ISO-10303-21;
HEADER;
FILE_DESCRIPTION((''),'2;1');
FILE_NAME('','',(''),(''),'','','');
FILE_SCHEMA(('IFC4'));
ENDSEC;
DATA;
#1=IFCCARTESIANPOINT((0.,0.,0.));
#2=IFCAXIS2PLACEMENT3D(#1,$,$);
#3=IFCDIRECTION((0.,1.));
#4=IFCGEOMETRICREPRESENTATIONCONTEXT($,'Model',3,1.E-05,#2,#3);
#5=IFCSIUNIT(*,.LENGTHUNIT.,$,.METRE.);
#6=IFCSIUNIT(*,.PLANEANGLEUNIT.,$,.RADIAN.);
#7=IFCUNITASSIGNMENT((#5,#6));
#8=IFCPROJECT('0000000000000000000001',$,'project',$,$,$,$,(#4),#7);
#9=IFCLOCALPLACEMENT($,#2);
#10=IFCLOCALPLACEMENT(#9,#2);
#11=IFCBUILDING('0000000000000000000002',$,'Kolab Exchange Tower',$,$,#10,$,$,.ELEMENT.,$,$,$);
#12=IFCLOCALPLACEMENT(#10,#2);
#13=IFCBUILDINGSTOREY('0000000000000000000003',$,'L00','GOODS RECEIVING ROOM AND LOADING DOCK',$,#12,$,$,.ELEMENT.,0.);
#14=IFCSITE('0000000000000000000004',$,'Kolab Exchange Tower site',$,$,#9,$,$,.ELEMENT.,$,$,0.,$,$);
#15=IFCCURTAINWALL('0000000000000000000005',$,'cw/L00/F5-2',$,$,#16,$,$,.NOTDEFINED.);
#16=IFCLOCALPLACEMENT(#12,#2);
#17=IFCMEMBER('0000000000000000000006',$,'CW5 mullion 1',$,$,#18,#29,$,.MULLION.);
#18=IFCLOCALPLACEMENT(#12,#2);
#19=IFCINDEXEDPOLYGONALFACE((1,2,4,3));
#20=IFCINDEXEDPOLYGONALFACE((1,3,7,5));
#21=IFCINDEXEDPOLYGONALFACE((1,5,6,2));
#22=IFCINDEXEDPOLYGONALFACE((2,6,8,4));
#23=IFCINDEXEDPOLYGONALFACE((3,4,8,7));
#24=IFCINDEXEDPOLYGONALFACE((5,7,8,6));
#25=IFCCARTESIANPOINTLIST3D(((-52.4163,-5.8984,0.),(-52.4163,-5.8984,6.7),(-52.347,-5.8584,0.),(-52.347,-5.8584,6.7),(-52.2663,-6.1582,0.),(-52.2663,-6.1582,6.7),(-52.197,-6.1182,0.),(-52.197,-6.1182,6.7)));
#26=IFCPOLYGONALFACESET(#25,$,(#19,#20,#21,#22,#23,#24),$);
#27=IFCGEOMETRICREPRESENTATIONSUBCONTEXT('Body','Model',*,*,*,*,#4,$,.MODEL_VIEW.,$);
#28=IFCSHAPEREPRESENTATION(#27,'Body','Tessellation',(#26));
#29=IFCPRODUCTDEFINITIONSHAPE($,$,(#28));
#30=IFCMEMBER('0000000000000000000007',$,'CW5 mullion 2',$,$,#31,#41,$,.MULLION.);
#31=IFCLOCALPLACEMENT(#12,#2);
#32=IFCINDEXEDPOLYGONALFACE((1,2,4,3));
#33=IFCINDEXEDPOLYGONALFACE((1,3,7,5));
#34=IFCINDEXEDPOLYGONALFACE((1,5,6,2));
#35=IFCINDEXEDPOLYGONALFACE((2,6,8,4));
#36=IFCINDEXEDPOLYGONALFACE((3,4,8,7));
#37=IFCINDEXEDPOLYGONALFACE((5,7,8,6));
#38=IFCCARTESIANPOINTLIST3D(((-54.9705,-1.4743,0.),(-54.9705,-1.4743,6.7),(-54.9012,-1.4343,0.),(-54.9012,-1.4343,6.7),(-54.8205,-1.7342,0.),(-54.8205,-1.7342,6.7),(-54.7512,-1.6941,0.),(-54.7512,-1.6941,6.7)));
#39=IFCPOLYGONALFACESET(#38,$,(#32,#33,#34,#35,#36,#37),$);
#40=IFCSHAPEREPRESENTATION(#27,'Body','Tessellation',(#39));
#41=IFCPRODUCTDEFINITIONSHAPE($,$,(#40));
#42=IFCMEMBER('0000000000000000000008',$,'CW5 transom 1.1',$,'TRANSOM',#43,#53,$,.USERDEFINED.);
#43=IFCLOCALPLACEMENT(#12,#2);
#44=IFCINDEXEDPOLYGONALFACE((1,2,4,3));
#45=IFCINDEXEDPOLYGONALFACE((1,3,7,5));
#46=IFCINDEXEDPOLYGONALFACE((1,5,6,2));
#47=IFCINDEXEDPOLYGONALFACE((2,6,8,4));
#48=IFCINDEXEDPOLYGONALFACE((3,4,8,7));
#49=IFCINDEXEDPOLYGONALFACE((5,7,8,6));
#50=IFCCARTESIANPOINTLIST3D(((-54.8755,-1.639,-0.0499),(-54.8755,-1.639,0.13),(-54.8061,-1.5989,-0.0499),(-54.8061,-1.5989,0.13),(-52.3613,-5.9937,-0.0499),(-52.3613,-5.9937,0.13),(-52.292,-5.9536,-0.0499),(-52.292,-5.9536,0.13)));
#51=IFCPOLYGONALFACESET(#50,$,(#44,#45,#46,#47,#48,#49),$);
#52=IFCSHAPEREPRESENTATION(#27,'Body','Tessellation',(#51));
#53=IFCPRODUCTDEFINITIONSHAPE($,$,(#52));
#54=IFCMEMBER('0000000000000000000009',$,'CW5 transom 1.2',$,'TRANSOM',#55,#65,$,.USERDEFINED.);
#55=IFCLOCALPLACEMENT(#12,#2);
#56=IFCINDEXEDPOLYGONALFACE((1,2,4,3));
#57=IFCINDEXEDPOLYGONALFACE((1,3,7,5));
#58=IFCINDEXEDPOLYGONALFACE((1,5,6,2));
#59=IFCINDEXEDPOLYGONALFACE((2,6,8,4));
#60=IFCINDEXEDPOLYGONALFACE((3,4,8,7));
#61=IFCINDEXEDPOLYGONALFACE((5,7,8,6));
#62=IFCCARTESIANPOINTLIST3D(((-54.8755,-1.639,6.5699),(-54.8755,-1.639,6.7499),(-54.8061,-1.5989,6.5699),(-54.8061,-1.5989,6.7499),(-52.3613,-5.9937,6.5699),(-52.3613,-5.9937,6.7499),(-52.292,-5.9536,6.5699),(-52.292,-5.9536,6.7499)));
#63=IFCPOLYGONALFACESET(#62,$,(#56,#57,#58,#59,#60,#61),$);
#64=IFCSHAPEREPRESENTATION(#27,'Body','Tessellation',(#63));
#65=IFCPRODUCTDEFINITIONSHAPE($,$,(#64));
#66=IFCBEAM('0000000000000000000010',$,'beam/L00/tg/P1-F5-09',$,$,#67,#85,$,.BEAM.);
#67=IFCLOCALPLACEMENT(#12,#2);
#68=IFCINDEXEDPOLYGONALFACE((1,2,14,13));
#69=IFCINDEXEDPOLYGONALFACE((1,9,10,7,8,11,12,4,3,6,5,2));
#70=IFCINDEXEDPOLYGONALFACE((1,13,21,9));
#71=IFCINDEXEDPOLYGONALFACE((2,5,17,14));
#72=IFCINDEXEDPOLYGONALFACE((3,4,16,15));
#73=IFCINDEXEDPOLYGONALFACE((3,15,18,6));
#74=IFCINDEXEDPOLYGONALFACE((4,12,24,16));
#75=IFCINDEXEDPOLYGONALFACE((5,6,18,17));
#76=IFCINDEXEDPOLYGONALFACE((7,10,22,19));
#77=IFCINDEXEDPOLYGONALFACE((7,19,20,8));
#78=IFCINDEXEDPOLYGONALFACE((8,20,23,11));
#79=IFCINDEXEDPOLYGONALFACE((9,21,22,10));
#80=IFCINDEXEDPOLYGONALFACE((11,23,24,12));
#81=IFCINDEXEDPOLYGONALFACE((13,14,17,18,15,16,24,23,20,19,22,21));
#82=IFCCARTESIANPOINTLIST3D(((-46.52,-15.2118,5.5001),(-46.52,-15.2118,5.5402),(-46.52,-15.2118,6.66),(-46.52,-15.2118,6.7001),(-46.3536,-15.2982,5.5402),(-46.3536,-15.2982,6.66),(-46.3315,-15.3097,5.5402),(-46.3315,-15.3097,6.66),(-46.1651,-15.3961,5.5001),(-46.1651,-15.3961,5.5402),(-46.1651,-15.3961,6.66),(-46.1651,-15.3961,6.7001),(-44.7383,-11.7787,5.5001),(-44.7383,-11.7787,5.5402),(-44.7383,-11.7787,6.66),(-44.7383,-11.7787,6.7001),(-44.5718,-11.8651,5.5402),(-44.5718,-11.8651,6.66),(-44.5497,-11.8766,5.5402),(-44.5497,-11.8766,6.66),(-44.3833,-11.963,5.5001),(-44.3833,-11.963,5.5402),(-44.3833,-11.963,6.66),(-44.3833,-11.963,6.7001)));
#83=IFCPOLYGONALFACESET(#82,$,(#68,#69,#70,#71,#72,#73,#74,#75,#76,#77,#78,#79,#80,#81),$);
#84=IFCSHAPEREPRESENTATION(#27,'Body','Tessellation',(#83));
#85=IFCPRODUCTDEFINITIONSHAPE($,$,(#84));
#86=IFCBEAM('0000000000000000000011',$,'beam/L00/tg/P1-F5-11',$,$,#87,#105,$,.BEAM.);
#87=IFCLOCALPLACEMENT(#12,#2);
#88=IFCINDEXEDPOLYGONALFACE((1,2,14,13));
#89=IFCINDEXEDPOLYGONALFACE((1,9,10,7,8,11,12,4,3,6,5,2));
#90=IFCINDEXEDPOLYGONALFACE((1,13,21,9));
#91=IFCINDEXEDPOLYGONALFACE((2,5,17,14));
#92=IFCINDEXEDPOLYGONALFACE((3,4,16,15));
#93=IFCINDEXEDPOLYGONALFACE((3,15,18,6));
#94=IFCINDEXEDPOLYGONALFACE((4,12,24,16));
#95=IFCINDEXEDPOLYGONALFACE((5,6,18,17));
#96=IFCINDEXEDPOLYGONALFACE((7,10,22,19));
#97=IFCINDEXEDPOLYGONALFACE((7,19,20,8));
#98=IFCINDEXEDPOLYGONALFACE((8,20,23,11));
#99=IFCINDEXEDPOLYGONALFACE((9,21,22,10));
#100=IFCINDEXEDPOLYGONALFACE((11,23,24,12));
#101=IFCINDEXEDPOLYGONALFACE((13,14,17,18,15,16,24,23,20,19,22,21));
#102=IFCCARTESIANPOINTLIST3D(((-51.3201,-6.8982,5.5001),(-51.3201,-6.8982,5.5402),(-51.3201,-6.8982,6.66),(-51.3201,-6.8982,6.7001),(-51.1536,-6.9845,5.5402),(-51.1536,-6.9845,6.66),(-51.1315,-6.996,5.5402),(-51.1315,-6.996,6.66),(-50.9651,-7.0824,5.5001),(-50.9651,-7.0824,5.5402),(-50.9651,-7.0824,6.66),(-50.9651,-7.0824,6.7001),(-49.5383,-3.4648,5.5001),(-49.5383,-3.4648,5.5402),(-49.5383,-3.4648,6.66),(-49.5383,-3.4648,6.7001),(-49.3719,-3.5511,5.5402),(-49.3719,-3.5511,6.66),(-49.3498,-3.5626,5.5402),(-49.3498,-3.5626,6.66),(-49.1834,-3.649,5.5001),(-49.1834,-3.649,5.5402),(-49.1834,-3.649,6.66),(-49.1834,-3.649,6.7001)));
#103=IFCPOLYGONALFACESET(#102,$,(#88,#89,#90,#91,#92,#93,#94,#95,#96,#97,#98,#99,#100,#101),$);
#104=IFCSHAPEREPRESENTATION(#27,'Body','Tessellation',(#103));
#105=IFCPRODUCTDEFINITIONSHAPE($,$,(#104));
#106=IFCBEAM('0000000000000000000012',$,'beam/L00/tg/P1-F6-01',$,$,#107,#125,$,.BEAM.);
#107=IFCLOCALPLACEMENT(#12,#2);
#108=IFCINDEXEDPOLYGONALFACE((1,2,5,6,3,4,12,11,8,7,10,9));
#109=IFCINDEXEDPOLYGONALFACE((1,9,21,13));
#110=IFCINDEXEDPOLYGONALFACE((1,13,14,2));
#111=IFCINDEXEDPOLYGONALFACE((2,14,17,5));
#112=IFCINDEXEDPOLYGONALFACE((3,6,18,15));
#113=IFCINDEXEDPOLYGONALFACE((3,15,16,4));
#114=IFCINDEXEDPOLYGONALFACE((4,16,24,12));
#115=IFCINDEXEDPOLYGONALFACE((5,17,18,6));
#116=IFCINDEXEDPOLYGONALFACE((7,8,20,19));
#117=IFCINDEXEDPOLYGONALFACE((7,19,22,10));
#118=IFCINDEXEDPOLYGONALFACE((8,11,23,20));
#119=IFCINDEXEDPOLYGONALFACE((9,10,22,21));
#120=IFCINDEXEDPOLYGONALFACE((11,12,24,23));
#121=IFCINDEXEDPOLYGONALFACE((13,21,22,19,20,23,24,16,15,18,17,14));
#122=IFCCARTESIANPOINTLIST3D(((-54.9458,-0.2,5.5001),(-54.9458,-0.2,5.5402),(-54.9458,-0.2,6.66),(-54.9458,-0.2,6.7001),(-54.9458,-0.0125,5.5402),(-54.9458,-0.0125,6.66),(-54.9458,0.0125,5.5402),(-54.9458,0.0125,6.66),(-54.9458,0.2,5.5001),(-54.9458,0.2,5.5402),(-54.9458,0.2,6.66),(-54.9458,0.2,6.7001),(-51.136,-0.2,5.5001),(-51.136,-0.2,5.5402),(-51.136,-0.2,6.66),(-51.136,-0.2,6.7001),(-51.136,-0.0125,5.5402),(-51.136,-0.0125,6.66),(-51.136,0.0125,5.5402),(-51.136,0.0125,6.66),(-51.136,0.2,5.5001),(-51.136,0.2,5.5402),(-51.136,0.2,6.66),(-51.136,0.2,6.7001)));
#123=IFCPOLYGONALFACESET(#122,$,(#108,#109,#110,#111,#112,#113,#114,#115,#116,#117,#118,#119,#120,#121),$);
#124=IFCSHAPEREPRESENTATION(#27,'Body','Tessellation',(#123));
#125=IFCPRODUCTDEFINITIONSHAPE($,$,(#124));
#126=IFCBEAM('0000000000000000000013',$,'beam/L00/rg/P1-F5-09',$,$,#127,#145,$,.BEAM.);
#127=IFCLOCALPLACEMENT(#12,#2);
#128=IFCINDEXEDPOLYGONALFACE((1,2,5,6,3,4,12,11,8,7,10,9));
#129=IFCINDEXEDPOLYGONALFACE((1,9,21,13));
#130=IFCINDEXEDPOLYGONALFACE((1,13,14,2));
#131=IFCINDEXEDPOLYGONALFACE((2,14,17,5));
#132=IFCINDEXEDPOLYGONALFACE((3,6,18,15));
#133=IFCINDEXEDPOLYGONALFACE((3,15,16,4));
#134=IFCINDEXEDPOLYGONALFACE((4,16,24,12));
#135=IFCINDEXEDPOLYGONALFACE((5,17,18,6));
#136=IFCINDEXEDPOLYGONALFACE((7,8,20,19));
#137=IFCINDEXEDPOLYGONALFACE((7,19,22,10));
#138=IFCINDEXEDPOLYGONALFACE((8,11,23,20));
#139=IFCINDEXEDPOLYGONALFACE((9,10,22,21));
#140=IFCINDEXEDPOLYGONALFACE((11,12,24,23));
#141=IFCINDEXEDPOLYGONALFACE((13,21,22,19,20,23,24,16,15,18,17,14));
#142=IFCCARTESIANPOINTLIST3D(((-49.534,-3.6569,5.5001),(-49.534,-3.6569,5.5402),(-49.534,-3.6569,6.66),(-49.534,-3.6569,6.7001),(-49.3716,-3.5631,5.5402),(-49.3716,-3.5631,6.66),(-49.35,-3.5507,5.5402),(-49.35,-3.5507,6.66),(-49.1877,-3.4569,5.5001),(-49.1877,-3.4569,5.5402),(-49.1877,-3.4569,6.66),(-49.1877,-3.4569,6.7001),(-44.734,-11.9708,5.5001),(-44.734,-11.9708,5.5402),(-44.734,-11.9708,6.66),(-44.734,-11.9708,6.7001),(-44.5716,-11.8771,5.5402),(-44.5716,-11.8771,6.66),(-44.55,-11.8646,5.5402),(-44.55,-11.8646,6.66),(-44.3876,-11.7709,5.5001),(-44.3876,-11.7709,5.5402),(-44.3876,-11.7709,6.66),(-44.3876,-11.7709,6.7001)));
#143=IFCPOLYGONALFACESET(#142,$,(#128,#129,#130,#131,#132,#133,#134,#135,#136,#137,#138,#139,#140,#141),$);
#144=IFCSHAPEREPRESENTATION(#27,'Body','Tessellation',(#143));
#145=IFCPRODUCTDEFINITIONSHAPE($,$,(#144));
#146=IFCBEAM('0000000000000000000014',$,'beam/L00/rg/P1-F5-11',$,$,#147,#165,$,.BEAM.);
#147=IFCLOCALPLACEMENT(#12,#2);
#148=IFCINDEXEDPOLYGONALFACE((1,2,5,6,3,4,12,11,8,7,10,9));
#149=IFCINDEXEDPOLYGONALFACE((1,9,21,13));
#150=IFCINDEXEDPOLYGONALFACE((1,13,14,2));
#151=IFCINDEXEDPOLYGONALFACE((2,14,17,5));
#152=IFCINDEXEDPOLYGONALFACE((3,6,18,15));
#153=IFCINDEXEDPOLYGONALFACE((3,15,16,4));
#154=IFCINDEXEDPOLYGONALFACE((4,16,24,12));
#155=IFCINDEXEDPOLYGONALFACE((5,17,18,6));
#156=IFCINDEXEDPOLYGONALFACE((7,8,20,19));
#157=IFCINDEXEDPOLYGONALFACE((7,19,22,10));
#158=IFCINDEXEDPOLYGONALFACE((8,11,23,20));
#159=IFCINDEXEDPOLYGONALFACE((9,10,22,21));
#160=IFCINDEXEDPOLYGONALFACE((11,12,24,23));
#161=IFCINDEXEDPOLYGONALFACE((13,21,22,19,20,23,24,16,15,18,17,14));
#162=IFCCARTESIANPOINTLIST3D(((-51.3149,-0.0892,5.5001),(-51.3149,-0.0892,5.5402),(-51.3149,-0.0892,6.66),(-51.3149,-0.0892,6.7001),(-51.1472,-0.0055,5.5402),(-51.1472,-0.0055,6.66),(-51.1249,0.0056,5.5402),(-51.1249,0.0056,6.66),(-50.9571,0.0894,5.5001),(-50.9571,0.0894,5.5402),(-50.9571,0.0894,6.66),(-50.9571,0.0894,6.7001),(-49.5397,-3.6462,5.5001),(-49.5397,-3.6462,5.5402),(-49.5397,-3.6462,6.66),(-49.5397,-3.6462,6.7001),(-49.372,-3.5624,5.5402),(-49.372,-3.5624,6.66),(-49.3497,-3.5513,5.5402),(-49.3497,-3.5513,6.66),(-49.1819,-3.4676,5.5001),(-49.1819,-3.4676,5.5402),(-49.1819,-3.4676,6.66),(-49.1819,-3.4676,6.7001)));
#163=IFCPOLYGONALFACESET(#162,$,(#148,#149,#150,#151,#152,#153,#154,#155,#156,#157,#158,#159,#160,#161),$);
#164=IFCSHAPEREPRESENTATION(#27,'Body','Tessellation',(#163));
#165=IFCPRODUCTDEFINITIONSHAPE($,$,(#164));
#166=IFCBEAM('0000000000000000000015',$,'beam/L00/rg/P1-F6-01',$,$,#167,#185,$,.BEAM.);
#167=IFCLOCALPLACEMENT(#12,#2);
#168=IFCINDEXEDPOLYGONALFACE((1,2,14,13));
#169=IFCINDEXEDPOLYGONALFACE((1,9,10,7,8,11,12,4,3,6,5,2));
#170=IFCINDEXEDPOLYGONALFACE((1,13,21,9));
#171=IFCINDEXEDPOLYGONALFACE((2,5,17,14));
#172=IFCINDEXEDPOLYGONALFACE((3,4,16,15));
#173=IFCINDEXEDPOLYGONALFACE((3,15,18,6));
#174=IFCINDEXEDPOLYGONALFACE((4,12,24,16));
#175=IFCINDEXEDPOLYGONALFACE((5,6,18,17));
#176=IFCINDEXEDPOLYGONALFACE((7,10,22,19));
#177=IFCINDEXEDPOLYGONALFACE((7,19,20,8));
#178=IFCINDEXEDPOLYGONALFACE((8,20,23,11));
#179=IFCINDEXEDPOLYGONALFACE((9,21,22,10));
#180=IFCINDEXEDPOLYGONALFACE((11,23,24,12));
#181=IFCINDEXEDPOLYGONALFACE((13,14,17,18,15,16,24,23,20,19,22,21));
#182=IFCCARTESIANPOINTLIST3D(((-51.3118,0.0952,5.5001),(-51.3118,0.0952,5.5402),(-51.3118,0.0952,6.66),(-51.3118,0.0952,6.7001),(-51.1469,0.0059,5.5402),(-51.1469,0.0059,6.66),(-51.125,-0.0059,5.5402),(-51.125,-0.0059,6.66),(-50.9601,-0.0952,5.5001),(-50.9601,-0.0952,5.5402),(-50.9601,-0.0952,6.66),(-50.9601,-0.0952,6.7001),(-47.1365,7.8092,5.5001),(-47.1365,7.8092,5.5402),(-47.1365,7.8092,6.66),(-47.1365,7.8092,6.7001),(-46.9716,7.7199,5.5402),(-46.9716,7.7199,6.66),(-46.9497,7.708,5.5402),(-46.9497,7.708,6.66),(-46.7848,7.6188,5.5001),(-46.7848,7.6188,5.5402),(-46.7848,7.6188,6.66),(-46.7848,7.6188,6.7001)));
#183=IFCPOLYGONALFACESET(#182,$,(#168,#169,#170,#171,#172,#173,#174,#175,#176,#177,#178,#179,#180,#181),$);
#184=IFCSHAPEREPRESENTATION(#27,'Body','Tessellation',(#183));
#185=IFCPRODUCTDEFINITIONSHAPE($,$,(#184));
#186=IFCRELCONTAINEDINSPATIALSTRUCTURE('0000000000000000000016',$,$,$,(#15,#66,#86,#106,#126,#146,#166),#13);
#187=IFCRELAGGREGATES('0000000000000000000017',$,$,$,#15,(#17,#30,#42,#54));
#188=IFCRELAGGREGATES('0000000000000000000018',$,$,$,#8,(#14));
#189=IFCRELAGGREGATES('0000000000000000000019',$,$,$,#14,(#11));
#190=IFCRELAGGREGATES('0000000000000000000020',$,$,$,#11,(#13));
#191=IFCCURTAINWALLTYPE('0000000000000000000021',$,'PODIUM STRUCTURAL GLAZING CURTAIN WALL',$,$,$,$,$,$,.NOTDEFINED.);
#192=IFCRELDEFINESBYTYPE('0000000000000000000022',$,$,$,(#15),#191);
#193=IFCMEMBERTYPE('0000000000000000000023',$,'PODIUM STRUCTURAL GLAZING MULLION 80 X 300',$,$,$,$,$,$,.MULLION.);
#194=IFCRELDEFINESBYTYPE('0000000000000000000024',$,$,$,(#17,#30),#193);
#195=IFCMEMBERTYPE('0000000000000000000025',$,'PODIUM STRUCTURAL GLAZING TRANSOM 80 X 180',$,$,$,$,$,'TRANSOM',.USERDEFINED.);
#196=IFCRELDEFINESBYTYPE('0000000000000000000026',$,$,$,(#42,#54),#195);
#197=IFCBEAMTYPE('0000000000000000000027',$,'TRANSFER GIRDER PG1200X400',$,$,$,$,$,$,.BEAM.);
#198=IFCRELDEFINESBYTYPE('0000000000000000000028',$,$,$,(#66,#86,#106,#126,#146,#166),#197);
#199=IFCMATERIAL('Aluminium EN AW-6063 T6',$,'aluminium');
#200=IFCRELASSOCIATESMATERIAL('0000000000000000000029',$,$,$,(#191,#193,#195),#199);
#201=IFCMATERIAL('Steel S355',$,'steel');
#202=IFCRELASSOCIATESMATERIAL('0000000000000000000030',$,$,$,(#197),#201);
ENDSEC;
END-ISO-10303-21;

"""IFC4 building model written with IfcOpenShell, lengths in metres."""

from ifc_helpers import new_model, si_unit, direction, frame, origin, origin_2d, place, context, subcontext, project, spatial, rectangle, i_section, extrude, material, material_profile, profile_set, type_object, element, aggregate, save


model = new_model("IFC4")

# Units and contexts
model_context = context("Model", 3, precision=1e-05, world=origin(), true_north=direction((0.0, 1.0)))
body_context = subcontext(model_context, "Body", "Model", "MODEL_VIEW")
ifc_project = project(units=[si_unit("LENGTHUNIT", "METRE"), si_unit("PLANEANGLEUNIT", "RADIAN")], contexts=[model_context])

# Site, building, storey
site_placement = place(None, origin())
site = spatial("IfcSite", under=ifc_project, at=site_placement, Name="Kolab Exchange Tower site", CompositionType="ELEMENT", RefElevation=0.0)
building_placement = place(site_placement, origin())
building = spatial("IfcBuilding", under=site, at=building_placement, Name="Kolab Exchange Tower", CompositionType="ELEMENT")
storey_placement = place(building_placement, origin())
storey = spatial("IfcBuildingStorey", under=building, at=storey_placement, Name="L00", Description="GOODS RECEIVING ROOM AND LOADING DOCK", CompositionType="ELEMENT", Elevation=0.0)

# Curtain wall, members
ifc_material_1 = material(Name="Aluminium EN AW-6063 T6", Category="aluminium")
curtain_wall_type = type_object("IfcCurtainWallType", Name="PODIUM STRUCTURAL GLAZING CURTAIN WALL", PredefinedType="NOTDEFINED", material=ifc_material_1)
curtain_wall_placement = place(storey_placement, origin())
curtain_wall = element("IfcCurtainWall", 1, at=curtain_wall_placement, inside=storey, type_object=curtain_wall_type, Name="cw/L00/F5-2", PredefinedType="NOTDEFINED")
ifc_material_profile_1 = material_profile(ifc_material_1, rectangle(XDim=0.0801, YDim=0.3, at=origin_2d()), Name="RECT 80X300")
ifc_profile_set_1 = profile_set([ifc_material_profile_1], Name="Aluminium EN AW-6063 T6")
member_type_1 = type_object("IfcMemberType", Name="PODIUM STRUCTURAL GLAZING MULLION 80 X 300", PredefinedType="MULLION", material=ifc_profile_set_1)
member_1_placement = place(storey_placement, frame((-52.3066, -6.0083, 0.0), z_axis=(0.0, 0.0, 1.0), x_axis=(-0.866025, -0.5, 0.0)))
member_1 = element("IfcMember", 2, at=member_1_placement, type_object=member_type_1, Name="CW5 mullion 1", PredefinedType="MULLION", context=body_context, shape_type="SweptSolid", body=[
    extrude(rectangle(XDim=0.0801, YDim=0.3, at=origin_2d()), origin(), (0.0, 0.0, 1.0), 6.7),
])
member_2_placement = place(storey_placement, frame((-54.8608, -1.5842, 0.0), z_axis=(0.0, 0.0, 1.0), x_axis=(-0.866025, -0.5, 0.0)))
member_2 = element("IfcMember", 3, at=member_2_placement, type_object=member_type_1, Name="CW5 mullion 2", PredefinedType="MULLION", context=body_context, shape_type="SweptSolid", body=[
    extrude(rectangle(XDim=0.0801, YDim=0.3, at=origin_2d()), origin(), (0.0, 0.0, 1.0), 6.7),
])
ifc_material_profile_2 = material_profile(ifc_material_1, rectangle(XDim=0.0801, YDim=0.1799, at=origin_2d()), Name="RECT 80X180")
ifc_profile_set_2 = profile_set([ifc_material_profile_2], Name="Aluminium EN AW-6063 T6")
member_type_2 = type_object("IfcMemberType", Name="PODIUM STRUCTURAL GLAZING TRANSOM 80 X 180", ElementType="TRANSOM", PredefinedType="USERDEFINED", material=ifc_profile_set_2)
member_3_placement = place(storey_placement, frame((-52.3267, -5.9736, 0.04), z_axis=(-0.499993, 0.86603, 0.0), x_axis=(-0.86603, -0.499993, 0.0)))
member_3 = element("IfcMember", 4, at=member_3_placement, type_object=member_type_2, Name="CW5 transom 1.1", ObjectType="TRANSOM", PredefinedType="USERDEFINED", context=body_context, shape_type="SweptSolid", body=[
    extrude(rectangle(XDim=0.0801, YDim=0.1799, at=origin_2d()), origin(), (0.0, 0.0, 1.0), 5.0283),
])
member_4_placement = place(storey_placement, frame((-52.3267, -5.9736, 6.6599), z_axis=(-0.499993, 0.86603, 0.0), x_axis=(-0.86603, -0.499993, 0.0)))
member_4 = element("IfcMember", 5, at=member_4_placement, type_object=member_type_2, Name="CW5 transom 1.2", ObjectType="TRANSOM", PredefinedType="USERDEFINED", context=body_context, shape_type="SweptSolid", body=[
    extrude(rectangle(XDim=0.0801, YDim=0.1799, at=origin_2d()), origin(), (0.0, 0.0, 1.0), 5.0283),
])

# Beams
ifc_material_2 = material(Name="Steel S355", Category="steel")
ifc_material_profile_3 = material_profile(ifc_material_2, i_section(OverallWidth=0.3999, OverallDepth=1.2, WebThickness=0.0249, FlangeThickness=0.04, at=origin_2d()), Name="PG1200X400")
ifc_profile_set_3 = profile_set([ifc_material_profile_3], Name="Steel S355")
beam_type = type_object("IfcBeamType", Name="TRANSFER GIRDER PG1200X400", PredefinedType="BEAM", material=ifc_profile_set_3)
beam_1_placement = place(storey_placement, frame((-44.5608, -11.8708, 6.1001), z_axis=(-0.460645, -0.887584, 0.0), x_axis=(0.887584, -0.460645, 0.0)))
element("IfcBeam", 6, at=beam_1_placement, inside=storey, type_object=beam_type, Name="beam/L00/tg/P1-F5-09", PredefinedType="BEAM", context=body_context, shape_type="SweptSolid", body=[
    extrude(i_section(OverallWidth=0.3999, OverallDepth=1.2, WebThickness=0.0249, FlangeThickness=0.04, at=origin_2d()), origin(), (0.0, 0.0, 1.0), 3.8679),
])
beam_2_placement = place(storey_placement, frame((-49.3608, -3.5569, 6.1001), z_axis=(-0.460619, -0.887598, 0.0), x_axis=(0.887598, -0.460619, 0.0)))
element("IfcBeam", 7, at=beam_2_placement, inside=storey, type_object=beam_type, Name="beam/L00/tg/P1-F5-11", PredefinedType="BEAM", context=body_context, shape_type="SweptSolid", body=[
    extrude(i_section(OverallWidth=0.3999, OverallDepth=1.2, WebThickness=0.0249, FlangeThickness=0.04, at=origin_2d()), origin(), (0.0, 0.0, 1.0), 3.8682),
])
beam_3_placement = place(storey_placement, frame((-51.136, 0.0, 6.1001), z_axis=(-1.0, 0.0, 0.0), x_axis=(0.0, -1.0, 0.0)))
element("IfcBeam", 8, at=beam_3_placement, inside=storey, type_object=beam_type, Name="beam/L00/tg/P1-F6-01", PredefinedType="BEAM", context=body_context, shape_type="SweptSolid", body=[
    extrude(i_section(OverallWidth=0.3999, OverallDepth=1.2, WebThickness=0.0249, FlangeThickness=0.04, at=origin_2d()), origin(), (0.0, 0.0, 1.0), 3.8098),
])
beam_4_placement = place(storey_placement, frame((-44.5608, -11.8708, 6.1001), z_axis=(-0.499998, 0.866026, 0.0), x_axis=(-0.866026, -0.499998, 0.0)))
element("IfcBeam", 9, at=beam_4_placement, inside=storey, type_object=beam_type, Name="beam/L00/rg/P1-F5-09", PredefinedType="BEAM", context=body_context, shape_type="SweptSolid", body=[
    extrude(i_section(OverallWidth=0.3999, OverallDepth=1.2, WebThickness=0.0249, FlangeThickness=0.04, at=origin_2d()), origin(), (0.0, 0.0, 1.0), 9.6001),
])
beam_5_placement = place(storey_placement, frame((-49.3608, -3.5569, 6.1001), z_axis=(-0.44655, 0.894759, 0.0), x_axis=(-0.894759, -0.44655, 0.0)))
element("IfcBeam", 10, at=beam_5_placement, inside=storey, type_object=beam_type, Name="beam/L00/rg/P1-F5-11", PredefinedType="BEAM", context=body_context, shape_type="SweptSolid", body=[
    extrude(i_section(OverallWidth=0.3999, OverallDepth=1.2, WebThickness=0.0249, FlangeThickness=0.04, at=origin_2d()), origin(), (0.0, 0.0, 1.0), 3.9753),
])
beam_6_placement = place(storey_placement, frame((-51.136, 0.0, 6.1001), z_axis=(0.476014, 0.879438, 0.0), x_axis=(-0.879438, 0.476014, 0.0)))
element("IfcBeam", 11, at=beam_6_placement, inside=storey, type_object=beam_type, Name="beam/L00/rg/P1-F6-01", PredefinedType="BEAM", context=body_context, shape_type="SweptSolid", body=[
    extrude(i_section(OverallWidth=0.3999, OverallDepth=1.2, WebThickness=0.0249, FlangeThickness=0.04, at=origin_2d()), origin(), (0.0, 0.0, 1.0), 8.7715),
])

aggregate(curtain_wall, [member_1, member_2, member_3, member_4])

save(model, "model.ifc")
